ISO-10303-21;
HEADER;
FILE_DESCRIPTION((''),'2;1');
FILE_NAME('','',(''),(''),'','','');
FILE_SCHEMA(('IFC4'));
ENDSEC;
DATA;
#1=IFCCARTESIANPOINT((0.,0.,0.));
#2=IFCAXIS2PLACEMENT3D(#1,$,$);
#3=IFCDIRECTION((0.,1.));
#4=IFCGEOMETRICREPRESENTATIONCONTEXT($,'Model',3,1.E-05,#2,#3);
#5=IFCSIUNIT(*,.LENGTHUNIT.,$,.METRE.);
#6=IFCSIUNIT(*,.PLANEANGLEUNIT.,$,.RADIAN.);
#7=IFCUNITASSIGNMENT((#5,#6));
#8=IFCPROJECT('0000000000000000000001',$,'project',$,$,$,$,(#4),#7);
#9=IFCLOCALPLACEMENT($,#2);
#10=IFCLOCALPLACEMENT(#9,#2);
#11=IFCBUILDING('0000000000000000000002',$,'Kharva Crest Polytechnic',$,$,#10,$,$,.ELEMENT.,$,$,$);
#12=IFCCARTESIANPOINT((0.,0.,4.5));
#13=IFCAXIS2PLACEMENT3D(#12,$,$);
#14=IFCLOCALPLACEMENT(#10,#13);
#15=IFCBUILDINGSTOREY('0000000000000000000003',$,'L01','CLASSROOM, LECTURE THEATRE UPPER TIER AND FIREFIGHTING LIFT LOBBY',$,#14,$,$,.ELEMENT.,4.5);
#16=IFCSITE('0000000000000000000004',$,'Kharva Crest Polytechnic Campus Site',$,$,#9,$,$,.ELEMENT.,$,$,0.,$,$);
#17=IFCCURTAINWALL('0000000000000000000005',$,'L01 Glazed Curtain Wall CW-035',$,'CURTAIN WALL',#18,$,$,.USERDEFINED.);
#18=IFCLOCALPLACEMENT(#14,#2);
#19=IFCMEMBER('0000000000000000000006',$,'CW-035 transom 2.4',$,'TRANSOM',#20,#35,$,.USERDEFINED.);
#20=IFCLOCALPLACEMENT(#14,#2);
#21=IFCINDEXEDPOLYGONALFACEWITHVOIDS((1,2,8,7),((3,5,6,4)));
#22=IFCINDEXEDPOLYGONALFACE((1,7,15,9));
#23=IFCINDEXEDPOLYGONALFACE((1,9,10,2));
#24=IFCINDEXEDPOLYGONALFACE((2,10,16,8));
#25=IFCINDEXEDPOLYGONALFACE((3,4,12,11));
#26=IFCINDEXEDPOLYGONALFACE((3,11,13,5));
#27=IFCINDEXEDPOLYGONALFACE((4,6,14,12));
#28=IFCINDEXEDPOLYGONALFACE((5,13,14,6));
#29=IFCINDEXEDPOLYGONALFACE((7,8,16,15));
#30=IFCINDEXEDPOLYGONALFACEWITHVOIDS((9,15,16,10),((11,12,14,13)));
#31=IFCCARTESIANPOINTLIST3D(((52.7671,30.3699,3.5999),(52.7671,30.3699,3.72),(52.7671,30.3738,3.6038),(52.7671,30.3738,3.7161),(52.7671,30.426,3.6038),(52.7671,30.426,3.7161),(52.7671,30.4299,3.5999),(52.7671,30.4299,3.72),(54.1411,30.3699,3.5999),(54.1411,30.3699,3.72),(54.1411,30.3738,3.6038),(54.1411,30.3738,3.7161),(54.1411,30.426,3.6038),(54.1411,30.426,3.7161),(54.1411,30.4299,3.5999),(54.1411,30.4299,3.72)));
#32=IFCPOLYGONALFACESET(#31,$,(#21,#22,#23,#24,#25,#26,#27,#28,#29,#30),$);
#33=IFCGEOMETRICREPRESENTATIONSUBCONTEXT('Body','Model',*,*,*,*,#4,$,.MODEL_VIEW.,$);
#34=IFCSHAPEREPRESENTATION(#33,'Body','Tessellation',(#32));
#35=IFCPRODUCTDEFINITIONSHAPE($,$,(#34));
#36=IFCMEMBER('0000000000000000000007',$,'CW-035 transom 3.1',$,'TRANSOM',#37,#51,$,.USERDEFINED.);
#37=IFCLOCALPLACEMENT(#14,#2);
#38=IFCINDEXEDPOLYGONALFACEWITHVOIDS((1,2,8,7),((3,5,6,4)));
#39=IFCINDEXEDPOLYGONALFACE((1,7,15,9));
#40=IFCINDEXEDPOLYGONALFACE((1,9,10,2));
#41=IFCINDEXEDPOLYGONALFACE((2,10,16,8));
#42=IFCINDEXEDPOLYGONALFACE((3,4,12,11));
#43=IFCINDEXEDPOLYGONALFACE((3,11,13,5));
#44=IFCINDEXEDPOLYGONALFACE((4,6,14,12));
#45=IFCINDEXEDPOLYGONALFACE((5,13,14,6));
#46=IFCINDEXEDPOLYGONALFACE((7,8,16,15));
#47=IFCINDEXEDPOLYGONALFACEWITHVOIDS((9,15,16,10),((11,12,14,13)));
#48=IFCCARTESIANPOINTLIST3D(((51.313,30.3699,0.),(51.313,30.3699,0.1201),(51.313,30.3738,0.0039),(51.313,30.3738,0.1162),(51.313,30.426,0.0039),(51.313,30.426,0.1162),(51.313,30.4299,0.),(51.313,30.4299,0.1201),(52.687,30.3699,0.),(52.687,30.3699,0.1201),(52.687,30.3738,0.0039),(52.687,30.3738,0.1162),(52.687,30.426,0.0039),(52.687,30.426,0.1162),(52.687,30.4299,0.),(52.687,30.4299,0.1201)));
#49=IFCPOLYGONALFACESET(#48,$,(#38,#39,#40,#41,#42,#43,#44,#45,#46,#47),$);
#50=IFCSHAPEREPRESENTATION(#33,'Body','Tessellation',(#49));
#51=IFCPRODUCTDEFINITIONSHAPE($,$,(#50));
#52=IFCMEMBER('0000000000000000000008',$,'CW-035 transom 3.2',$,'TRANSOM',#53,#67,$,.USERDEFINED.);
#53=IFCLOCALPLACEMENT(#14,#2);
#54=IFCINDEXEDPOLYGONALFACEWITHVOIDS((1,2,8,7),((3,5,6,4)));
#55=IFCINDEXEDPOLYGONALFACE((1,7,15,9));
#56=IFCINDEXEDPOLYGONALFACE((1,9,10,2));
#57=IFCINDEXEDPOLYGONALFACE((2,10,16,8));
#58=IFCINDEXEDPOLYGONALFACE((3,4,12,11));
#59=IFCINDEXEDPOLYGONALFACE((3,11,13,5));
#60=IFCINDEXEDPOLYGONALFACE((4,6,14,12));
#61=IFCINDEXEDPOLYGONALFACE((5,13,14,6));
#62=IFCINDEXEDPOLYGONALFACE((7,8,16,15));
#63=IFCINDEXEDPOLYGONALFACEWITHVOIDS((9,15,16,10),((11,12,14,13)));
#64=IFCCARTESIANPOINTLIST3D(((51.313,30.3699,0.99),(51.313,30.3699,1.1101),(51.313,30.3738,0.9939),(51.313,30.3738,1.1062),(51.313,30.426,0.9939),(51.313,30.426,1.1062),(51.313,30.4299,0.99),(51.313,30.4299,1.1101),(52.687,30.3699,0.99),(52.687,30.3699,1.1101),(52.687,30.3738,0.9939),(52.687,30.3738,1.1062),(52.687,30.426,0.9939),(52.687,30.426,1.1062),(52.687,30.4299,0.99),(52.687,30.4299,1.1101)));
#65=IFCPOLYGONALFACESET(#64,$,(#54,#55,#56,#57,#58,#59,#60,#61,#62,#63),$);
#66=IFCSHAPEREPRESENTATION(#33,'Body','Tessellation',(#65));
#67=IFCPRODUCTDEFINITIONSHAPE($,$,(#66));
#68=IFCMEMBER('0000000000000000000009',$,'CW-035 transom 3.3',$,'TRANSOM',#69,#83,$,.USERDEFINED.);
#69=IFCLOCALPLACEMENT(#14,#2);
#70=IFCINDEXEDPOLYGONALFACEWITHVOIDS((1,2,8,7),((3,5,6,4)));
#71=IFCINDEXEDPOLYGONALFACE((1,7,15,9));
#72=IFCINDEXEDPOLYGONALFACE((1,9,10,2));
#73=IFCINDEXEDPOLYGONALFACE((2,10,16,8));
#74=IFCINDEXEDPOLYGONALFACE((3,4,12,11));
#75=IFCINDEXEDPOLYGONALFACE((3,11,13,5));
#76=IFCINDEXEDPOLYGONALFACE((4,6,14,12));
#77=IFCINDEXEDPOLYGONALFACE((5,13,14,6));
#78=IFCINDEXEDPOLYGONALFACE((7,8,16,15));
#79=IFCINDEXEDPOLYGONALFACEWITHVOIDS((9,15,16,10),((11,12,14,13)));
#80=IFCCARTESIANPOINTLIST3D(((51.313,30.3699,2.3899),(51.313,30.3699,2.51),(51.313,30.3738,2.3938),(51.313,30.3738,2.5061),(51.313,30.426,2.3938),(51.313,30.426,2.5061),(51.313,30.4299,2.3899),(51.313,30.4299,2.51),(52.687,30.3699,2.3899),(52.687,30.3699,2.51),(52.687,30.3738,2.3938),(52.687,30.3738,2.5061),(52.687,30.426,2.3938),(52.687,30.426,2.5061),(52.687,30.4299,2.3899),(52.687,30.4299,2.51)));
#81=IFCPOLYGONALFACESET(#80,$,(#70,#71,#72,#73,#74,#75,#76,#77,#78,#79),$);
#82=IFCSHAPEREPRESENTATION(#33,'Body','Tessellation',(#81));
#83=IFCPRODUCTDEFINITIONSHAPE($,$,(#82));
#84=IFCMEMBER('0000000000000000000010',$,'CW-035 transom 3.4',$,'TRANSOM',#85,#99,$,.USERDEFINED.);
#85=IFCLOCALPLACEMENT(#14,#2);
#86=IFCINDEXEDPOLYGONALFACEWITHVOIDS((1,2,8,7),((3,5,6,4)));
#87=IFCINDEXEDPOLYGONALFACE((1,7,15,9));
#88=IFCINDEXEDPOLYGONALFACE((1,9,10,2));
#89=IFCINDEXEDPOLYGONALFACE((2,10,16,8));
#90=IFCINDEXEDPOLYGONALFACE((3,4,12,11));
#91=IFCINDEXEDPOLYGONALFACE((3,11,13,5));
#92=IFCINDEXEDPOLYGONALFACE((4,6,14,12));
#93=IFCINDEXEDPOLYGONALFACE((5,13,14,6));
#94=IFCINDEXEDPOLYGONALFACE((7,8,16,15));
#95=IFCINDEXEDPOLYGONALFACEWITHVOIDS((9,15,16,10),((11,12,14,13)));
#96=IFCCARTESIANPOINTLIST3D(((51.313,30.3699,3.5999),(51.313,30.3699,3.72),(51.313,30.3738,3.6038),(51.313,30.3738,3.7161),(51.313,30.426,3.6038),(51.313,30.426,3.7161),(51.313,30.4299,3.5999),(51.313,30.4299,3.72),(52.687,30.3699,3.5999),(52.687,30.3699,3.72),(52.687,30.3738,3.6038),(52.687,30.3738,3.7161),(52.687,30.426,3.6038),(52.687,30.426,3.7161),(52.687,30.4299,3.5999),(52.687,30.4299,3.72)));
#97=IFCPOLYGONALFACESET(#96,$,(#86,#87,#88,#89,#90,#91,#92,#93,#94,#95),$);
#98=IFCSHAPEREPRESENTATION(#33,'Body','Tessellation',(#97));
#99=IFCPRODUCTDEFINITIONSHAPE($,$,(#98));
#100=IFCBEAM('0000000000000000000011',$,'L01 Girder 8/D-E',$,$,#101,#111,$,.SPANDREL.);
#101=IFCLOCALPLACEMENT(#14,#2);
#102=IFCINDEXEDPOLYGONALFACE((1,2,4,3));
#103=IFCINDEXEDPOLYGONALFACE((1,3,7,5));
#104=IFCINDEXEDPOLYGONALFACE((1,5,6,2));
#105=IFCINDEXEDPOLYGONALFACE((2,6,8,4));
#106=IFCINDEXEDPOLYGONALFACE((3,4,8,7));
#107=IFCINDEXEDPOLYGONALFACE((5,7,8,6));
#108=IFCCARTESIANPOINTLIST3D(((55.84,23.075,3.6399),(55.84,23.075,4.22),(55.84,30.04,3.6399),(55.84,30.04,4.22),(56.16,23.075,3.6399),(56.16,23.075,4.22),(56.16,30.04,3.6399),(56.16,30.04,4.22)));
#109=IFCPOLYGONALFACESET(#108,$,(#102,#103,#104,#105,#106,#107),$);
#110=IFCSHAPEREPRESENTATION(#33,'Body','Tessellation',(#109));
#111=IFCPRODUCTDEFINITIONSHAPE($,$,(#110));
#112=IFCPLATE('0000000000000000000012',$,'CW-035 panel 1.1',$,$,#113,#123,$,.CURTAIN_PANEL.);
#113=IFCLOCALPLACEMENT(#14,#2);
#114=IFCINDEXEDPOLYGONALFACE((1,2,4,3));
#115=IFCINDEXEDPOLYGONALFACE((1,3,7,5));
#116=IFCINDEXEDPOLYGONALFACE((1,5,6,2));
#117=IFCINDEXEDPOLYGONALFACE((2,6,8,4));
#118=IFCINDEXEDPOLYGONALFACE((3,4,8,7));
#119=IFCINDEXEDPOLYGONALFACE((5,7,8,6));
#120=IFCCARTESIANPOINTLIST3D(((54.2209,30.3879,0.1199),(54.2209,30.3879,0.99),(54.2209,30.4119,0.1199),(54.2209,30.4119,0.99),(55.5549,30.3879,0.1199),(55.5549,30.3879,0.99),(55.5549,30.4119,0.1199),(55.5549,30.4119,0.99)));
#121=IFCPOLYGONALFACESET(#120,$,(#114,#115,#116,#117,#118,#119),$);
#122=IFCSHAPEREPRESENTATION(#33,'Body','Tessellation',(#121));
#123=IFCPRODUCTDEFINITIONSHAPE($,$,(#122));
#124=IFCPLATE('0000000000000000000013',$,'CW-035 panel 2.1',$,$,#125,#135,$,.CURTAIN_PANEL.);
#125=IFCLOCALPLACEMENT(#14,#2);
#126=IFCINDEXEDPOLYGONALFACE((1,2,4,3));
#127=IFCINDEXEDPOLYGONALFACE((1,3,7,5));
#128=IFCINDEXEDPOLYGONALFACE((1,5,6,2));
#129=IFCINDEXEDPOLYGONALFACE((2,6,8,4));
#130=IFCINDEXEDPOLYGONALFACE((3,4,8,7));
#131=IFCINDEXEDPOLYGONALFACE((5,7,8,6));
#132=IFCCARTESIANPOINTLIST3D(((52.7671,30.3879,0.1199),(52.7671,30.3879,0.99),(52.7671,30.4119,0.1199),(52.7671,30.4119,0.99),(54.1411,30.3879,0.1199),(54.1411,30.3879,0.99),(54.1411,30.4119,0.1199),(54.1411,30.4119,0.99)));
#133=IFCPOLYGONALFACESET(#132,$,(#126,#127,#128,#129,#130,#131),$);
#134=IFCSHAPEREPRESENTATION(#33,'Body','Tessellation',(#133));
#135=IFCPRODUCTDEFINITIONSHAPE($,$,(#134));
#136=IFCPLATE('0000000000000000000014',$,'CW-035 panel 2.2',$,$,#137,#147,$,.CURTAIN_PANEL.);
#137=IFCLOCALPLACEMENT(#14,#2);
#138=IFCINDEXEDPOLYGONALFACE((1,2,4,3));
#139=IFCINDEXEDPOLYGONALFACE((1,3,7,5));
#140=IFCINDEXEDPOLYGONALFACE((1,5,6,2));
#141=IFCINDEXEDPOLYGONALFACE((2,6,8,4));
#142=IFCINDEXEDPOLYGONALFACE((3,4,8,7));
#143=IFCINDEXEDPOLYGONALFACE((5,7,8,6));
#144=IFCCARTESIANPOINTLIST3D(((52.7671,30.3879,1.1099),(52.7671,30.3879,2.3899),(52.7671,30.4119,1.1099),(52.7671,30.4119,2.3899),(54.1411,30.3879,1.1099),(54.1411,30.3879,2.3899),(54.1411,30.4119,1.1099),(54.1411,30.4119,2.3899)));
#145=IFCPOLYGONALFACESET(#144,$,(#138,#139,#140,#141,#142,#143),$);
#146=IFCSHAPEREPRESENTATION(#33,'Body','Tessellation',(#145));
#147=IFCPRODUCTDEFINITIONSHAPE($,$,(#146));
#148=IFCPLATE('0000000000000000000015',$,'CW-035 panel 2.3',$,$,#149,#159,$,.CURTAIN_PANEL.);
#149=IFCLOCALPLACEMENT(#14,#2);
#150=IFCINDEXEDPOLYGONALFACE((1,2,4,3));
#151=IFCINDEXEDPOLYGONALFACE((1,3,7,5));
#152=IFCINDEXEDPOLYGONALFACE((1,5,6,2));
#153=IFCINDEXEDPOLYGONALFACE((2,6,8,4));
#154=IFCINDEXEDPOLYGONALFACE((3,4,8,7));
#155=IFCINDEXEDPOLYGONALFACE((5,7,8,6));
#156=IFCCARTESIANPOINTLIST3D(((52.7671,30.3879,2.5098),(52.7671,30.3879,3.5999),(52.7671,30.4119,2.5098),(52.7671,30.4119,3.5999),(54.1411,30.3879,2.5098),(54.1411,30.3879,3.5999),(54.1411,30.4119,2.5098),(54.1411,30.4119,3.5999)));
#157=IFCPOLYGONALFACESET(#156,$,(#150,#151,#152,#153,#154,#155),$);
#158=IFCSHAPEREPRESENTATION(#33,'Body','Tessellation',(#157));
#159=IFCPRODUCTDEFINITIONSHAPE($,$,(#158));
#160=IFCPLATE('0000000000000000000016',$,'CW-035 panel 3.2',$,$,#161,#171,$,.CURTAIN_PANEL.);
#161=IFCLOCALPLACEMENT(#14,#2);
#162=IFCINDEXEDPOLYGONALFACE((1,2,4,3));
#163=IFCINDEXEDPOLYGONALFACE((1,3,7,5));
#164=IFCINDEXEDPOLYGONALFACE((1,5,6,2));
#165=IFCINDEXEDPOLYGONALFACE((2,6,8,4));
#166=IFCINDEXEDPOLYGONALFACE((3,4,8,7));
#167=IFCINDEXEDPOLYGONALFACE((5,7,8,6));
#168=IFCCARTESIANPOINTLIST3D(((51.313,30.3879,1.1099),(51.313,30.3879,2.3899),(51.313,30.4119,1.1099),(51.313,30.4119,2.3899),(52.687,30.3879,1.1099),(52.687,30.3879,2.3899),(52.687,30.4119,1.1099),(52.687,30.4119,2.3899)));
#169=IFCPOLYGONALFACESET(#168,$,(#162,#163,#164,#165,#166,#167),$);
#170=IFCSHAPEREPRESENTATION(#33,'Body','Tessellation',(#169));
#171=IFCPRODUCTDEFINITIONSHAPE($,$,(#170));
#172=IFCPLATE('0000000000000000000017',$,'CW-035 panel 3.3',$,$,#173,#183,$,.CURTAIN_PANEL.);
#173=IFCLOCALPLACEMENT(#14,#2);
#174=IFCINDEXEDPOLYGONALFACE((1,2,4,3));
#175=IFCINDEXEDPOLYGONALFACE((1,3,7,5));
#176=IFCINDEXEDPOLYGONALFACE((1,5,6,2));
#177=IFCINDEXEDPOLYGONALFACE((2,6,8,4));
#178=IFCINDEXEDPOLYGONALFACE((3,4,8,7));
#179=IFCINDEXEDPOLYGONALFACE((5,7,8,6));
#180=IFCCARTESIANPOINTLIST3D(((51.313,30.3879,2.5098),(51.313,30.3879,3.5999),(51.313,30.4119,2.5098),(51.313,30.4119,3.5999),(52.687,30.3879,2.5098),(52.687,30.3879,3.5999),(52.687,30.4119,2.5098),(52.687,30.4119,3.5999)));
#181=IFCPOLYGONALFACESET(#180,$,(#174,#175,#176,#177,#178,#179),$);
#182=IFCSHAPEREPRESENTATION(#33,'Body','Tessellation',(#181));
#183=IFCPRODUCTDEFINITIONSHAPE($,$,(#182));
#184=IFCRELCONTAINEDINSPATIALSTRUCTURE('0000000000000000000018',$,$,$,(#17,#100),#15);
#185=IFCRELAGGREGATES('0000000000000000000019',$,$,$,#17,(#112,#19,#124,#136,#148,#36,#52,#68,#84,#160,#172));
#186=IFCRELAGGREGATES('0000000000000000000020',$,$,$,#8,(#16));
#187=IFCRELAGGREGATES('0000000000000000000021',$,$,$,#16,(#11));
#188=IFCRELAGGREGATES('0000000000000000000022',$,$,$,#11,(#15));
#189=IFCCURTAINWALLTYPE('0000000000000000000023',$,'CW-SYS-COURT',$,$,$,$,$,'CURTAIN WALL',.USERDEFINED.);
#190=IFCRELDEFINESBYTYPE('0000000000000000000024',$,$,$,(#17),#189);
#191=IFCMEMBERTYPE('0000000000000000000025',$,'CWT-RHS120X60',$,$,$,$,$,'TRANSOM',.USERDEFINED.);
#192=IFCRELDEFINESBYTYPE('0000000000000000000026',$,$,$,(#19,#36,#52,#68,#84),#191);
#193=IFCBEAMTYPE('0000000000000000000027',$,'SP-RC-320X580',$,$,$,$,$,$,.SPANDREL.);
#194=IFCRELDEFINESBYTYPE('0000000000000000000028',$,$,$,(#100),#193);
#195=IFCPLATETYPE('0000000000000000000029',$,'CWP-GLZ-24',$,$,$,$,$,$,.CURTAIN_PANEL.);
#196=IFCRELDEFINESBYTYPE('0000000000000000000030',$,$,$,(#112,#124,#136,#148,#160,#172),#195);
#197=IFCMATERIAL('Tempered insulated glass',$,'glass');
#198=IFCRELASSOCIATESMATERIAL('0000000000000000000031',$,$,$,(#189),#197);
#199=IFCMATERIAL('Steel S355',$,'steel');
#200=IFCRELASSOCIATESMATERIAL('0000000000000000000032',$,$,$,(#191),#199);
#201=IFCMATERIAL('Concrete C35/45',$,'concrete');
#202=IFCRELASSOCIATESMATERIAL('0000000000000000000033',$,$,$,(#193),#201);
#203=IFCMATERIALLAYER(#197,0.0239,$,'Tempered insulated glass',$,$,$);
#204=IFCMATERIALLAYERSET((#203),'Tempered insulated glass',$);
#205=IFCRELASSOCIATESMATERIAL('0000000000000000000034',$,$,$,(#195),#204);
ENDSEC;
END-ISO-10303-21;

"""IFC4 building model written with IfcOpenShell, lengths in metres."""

from ifc_helpers import new_model, si_unit, direction, frame, origin, origin_2d, place, context, subcontext, project, spatial, rectangle, hollow_rectangle, extrude, material, layer, layer_set, material_profile, profile_set, type_object, element, aggregate, save


model = new_model("IFC4")

# Units and contexts
model_context = context("Model", 3, precision=1e-05, world=origin(), true_north=direction((0.0, 1.0)))
body_context = subcontext(model_context, "Body", "Model", "MODEL_VIEW")
ifc_project = project(units=[si_unit("LENGTHUNIT", "METRE"), si_unit("PLANEANGLEUNIT", "RADIAN")], contexts=[model_context])

# Site, building, storey
site_placement = place(None, origin())
site = spatial("IfcSite", under=ifc_project, at=site_placement, Name="Kharva Crest Polytechnic Campus Site", CompositionType="ELEMENT", RefElevation=0.0)
building_placement = place(site_placement, origin())
building = spatial("IfcBuilding", under=site, at=building_placement, Name="Kharva Crest Polytechnic", CompositionType="ELEMENT")
storey_placement = place(building_placement, frame((0.0, 0.0, 4.5)))
storey = spatial("IfcBuildingStorey", under=building, at=storey_placement, Name="L01", Description="CLASSROOM, LECTURE THEATRE UPPER TIER AND FIREFIGHTING LIFT LOBBY", CompositionType="ELEMENT", Elevation=4.5)

# Shared definitions
ifc_material_1 = material(Name="Steel S355", Category="steel")

# Curtain wall, members
ifc_material_2 = material(Name="Tempered insulated glass", Category="glass")
curtain_wall_type = type_object("IfcCurtainWallType", Name="CW-SYS-COURT", ElementType="CURTAIN WALL", PredefinedType="USERDEFINED", material=ifc_material_2)
curtain_wall_placement = place(storey_placement, origin())
curtain_wall = element("IfcCurtainWall", 1, at=curtain_wall_placement, inside=storey, type_object=curtain_wall_type, Name="L01 Glazed Curtain Wall CW-035", ObjectType="CURTAIN WALL", PredefinedType="USERDEFINED")
ifc_material_profile_1 = material_profile(ifc_material_1, hollow_rectangle(XDim=0.0601, YDim=0.1201, WallThickness=0.0039, at=origin_2d()), Name="RHS 120X60X4.0")
ifc_profile_set_1 = profile_set([ifc_material_profile_1], Name="Steel S355")
member_type_1 = type_object("IfcMemberType", Name="CWT-RHS120X60", ElementType="TRANSOM", PredefinedType="USERDEFINED", material=ifc_profile_set_1)
member_1_placement = place(storey_placement, frame((54.1411, 30.3999, 3.6599), z_axis=(-1.0, 0.0, 0.0), x_axis=(0.0, -1.0, 0.0)))
member_1 = element("IfcMember", 2, at=member_1_placement, type_object=member_type_1, Name="CW-035 transom 2.4", ObjectType="TRANSOM", PredefinedType="USERDEFINED", context=body_context, shape_type="SweptSolid", body=[
    extrude(hollow_rectangle(XDim=0.0601, YDim=0.1201, WallThickness=0.0039, at=origin_2d()), origin(), (0.0, 0.0, 1.0), 1.374),
])
member_2_placement = place(storey_placement, frame((52.687, 30.3999, 0.0601), z_axis=(-1.0, 0.0, 0.0), x_axis=(0.0, -1.0, 0.0)))
member_2 = element("IfcMember", 3, at=member_2_placement, type_object=member_type_1, Name="CW-035 transom 3.1", ObjectType="TRANSOM", PredefinedType="USERDEFINED", context=body_context, shape_type="SweptSolid", body=[
    extrude(hollow_rectangle(XDim=0.0601, YDim=0.1201, WallThickness=0.0039, at=origin_2d()), origin(), (0.0, 0.0, 1.0), 1.374),
])
member_3_placement = place(storey_placement, frame((52.687, 30.3999, 1.05), z_axis=(-1.0, 0.0, 0.0), x_axis=(0.0, -1.0, 0.0)))
member_3 = element("IfcMember", 4, at=member_3_placement, type_object=member_type_1, Name="CW-035 transom 3.2", ObjectType="TRANSOM", PredefinedType="USERDEFINED", context=body_context, shape_type="SweptSolid", body=[
    extrude(hollow_rectangle(XDim=0.0601, YDim=0.1201, WallThickness=0.0039, at=origin_2d()), origin(), (0.0, 0.0, 1.0), 1.374),
])
member_4_placement = place(storey_placement, frame((52.687, 30.3999, 2.45), z_axis=(-1.0, 0.0, 0.0), x_axis=(0.0, -1.0, 0.0)))
member_4 = element("IfcMember", 5, at=member_4_placement, type_object=member_type_1, Name="CW-035 transom 3.3", ObjectType="TRANSOM", PredefinedType="USERDEFINED", context=body_context, shape_type="SweptSolid", body=[
    extrude(hollow_rectangle(XDim=0.0601, YDim=0.1201, WallThickness=0.0039, at=origin_2d()), origin(), (0.0, 0.0, 1.0), 1.374),
])
member_5_placement = place(storey_placement, frame((52.687, 30.3999, 3.6599), z_axis=(-1.0, 0.0, 0.0), x_axis=(0.0, -1.0, 0.0)))
member_5 = element("IfcMember", 6, at=member_5_placement, type_object=member_type_1, Name="CW-035 transom 3.4", ObjectType="TRANSOM", PredefinedType="USERDEFINED", context=body_context, shape_type="SweptSolid", body=[
    extrude(hollow_rectangle(XDim=0.0601, YDim=0.1201, WallThickness=0.0039, at=origin_2d()), origin(), (0.0, 0.0, 1.0), 1.374),
])

# Beam
ifc_material_3 = material(Name="Concrete C35/45", Category="concrete")
ifc_material_profile_2 = material_profile(ifc_material_3, rectangle(XDim=0.3201, YDim=0.5801, at=origin_2d()), Name="RECT 320 X 580")
ifc_profile_set_2 = profile_set([ifc_material_profile_2], Name="Concrete C35/45")
beam_type = type_object("IfcBeamType", Name="SP-RC-320X580", PredefinedType="SPANDREL", material=ifc_profile_set_2)
beam_placement = place(storey_placement, frame((56.0, 23.075, 3.9299), z_axis=(0.0, 1.0, 0.0), x_axis=(-1.0, 0.0, 0.0)))
element("IfcBeam", 7, at=beam_placement, inside=storey, type_object=beam_type, Name="L01 Girder 8/D-E", PredefinedType="SPANDREL", context=body_context, shape_type="SweptSolid", body=[
    extrude(rectangle(XDim=0.3201, YDim=0.5801, at=origin_2d()), origin(), (0.0, 0.0, 1.0), 6.9651),
])

# Plates
ifc_layer_1 = layer(ifc_material_2, 0.0239, Name="Tempered insulated glass")
ifc_layer_set_1 = layer_set([ifc_layer_1], Name="Tempered insulated glass")
plate_type = type_object("IfcPlateType", Name="CWP-GLZ-24", PredefinedType="CURTAIN_PANEL", material=ifc_layer_set_1)
plate_1_placement = place(storey_placement, frame((54.8879, 30.3999, 0.1199), z_axis=(0.0, 0.0, 1.0), x_axis=(-1.0, 0.0, 0.0)))
plate_1 = element("IfcPlate", 8, at=plate_1_placement, type_object=plate_type, Name="CW-035 panel 1.1", PredefinedType="CURTAIN_PANEL", context=body_context, shape_type="SweptSolid", body=[
    extrude(rectangle(XDim=1.334, YDim=0.0239, at=origin_2d()), origin(), (0.0, 0.0, 1.0), 0.8701),
])
plate_2_placement = place(storey_placement, frame((53.4541, 30.3999, 0.1199), z_axis=(0.0, 0.0, 1.0), x_axis=(-1.0, 0.0, 0.0)))
plate_2 = element("IfcPlate", 9, at=plate_2_placement, type_object=plate_type, Name="CW-035 panel 2.1", PredefinedType="CURTAIN_PANEL", context=body_context, shape_type="SweptSolid", body=[
    extrude(rectangle(XDim=1.374, YDim=0.0239, at=origin_2d()), origin(), (0.0, 0.0, 1.0), 0.8701),
])
plate_3_placement = place(storey_placement, frame((53.4541, 30.3999, 1.1099), z_axis=(0.0, 0.0, 1.0), x_axis=(-1.0, 0.0, 0.0)))
plate_3 = element("IfcPlate", 10, at=plate_3_placement, type_object=plate_type, Name="CW-035 panel 2.2", PredefinedType="CURTAIN_PANEL", context=body_context, shape_type="SweptSolid", body=[
    extrude(rectangle(XDim=1.374, YDim=0.0239, at=origin_2d()), origin(), (0.0, 0.0, 1.0), 1.28),
])
plate_4_placement = place(storey_placement, frame((53.4541, 30.3999, 2.5098), z_axis=(0.0, 0.0, 1.0), x_axis=(-1.0, 0.0, 0.0)))
plate_4 = element("IfcPlate", 11, at=plate_4_placement, type_object=plate_type, Name="CW-035 panel 2.3", PredefinedType="CURTAIN_PANEL", context=body_context, shape_type="SweptSolid", body=[
    extrude(rectangle(XDim=1.374, YDim=0.0239, at=origin_2d()), origin(), (0.0, 0.0, 1.0), 1.0901),
])
plate_5_placement = place(storey_placement, frame((52.0, 30.3999, 1.1099), z_axis=(0.0, 0.0, 1.0), x_axis=(-1.0, 0.0, 0.0)))
plate_5 = element("IfcPlate", 12, at=plate_5_placement, type_object=plate_type, Name="CW-035 panel 3.2", PredefinedType="CURTAIN_PANEL", context=body_context, shape_type="SweptSolid", body=[
    extrude(rectangle(XDim=1.374, YDim=0.0239, at=origin_2d()), origin(), (0.0, 0.0, 1.0), 1.28),
])
plate_6_placement = place(storey_placement, frame((52.0, 30.3999, 2.5098), z_axis=(0.0, 0.0, 1.0), x_axis=(-1.0, 0.0, 0.0)))
plate_6 = element("IfcPlate", 13, at=plate_6_placement, type_object=plate_type, Name="CW-035 panel 3.3", PredefinedType="CURTAIN_PANEL", context=body_context, shape_type="SweptSolid", body=[
    extrude(rectangle(XDim=1.374, YDim=0.0239, at=origin_2d()), origin(), (0.0, 0.0, 1.0), 1.0901),
])
aggregate(curtain_wall, [plate_1, member_1, plate_2, plate_3, plate_4, member_2, member_3, member_4, member_5, plate_5, plate_6])

save(model, "model.ifc")
